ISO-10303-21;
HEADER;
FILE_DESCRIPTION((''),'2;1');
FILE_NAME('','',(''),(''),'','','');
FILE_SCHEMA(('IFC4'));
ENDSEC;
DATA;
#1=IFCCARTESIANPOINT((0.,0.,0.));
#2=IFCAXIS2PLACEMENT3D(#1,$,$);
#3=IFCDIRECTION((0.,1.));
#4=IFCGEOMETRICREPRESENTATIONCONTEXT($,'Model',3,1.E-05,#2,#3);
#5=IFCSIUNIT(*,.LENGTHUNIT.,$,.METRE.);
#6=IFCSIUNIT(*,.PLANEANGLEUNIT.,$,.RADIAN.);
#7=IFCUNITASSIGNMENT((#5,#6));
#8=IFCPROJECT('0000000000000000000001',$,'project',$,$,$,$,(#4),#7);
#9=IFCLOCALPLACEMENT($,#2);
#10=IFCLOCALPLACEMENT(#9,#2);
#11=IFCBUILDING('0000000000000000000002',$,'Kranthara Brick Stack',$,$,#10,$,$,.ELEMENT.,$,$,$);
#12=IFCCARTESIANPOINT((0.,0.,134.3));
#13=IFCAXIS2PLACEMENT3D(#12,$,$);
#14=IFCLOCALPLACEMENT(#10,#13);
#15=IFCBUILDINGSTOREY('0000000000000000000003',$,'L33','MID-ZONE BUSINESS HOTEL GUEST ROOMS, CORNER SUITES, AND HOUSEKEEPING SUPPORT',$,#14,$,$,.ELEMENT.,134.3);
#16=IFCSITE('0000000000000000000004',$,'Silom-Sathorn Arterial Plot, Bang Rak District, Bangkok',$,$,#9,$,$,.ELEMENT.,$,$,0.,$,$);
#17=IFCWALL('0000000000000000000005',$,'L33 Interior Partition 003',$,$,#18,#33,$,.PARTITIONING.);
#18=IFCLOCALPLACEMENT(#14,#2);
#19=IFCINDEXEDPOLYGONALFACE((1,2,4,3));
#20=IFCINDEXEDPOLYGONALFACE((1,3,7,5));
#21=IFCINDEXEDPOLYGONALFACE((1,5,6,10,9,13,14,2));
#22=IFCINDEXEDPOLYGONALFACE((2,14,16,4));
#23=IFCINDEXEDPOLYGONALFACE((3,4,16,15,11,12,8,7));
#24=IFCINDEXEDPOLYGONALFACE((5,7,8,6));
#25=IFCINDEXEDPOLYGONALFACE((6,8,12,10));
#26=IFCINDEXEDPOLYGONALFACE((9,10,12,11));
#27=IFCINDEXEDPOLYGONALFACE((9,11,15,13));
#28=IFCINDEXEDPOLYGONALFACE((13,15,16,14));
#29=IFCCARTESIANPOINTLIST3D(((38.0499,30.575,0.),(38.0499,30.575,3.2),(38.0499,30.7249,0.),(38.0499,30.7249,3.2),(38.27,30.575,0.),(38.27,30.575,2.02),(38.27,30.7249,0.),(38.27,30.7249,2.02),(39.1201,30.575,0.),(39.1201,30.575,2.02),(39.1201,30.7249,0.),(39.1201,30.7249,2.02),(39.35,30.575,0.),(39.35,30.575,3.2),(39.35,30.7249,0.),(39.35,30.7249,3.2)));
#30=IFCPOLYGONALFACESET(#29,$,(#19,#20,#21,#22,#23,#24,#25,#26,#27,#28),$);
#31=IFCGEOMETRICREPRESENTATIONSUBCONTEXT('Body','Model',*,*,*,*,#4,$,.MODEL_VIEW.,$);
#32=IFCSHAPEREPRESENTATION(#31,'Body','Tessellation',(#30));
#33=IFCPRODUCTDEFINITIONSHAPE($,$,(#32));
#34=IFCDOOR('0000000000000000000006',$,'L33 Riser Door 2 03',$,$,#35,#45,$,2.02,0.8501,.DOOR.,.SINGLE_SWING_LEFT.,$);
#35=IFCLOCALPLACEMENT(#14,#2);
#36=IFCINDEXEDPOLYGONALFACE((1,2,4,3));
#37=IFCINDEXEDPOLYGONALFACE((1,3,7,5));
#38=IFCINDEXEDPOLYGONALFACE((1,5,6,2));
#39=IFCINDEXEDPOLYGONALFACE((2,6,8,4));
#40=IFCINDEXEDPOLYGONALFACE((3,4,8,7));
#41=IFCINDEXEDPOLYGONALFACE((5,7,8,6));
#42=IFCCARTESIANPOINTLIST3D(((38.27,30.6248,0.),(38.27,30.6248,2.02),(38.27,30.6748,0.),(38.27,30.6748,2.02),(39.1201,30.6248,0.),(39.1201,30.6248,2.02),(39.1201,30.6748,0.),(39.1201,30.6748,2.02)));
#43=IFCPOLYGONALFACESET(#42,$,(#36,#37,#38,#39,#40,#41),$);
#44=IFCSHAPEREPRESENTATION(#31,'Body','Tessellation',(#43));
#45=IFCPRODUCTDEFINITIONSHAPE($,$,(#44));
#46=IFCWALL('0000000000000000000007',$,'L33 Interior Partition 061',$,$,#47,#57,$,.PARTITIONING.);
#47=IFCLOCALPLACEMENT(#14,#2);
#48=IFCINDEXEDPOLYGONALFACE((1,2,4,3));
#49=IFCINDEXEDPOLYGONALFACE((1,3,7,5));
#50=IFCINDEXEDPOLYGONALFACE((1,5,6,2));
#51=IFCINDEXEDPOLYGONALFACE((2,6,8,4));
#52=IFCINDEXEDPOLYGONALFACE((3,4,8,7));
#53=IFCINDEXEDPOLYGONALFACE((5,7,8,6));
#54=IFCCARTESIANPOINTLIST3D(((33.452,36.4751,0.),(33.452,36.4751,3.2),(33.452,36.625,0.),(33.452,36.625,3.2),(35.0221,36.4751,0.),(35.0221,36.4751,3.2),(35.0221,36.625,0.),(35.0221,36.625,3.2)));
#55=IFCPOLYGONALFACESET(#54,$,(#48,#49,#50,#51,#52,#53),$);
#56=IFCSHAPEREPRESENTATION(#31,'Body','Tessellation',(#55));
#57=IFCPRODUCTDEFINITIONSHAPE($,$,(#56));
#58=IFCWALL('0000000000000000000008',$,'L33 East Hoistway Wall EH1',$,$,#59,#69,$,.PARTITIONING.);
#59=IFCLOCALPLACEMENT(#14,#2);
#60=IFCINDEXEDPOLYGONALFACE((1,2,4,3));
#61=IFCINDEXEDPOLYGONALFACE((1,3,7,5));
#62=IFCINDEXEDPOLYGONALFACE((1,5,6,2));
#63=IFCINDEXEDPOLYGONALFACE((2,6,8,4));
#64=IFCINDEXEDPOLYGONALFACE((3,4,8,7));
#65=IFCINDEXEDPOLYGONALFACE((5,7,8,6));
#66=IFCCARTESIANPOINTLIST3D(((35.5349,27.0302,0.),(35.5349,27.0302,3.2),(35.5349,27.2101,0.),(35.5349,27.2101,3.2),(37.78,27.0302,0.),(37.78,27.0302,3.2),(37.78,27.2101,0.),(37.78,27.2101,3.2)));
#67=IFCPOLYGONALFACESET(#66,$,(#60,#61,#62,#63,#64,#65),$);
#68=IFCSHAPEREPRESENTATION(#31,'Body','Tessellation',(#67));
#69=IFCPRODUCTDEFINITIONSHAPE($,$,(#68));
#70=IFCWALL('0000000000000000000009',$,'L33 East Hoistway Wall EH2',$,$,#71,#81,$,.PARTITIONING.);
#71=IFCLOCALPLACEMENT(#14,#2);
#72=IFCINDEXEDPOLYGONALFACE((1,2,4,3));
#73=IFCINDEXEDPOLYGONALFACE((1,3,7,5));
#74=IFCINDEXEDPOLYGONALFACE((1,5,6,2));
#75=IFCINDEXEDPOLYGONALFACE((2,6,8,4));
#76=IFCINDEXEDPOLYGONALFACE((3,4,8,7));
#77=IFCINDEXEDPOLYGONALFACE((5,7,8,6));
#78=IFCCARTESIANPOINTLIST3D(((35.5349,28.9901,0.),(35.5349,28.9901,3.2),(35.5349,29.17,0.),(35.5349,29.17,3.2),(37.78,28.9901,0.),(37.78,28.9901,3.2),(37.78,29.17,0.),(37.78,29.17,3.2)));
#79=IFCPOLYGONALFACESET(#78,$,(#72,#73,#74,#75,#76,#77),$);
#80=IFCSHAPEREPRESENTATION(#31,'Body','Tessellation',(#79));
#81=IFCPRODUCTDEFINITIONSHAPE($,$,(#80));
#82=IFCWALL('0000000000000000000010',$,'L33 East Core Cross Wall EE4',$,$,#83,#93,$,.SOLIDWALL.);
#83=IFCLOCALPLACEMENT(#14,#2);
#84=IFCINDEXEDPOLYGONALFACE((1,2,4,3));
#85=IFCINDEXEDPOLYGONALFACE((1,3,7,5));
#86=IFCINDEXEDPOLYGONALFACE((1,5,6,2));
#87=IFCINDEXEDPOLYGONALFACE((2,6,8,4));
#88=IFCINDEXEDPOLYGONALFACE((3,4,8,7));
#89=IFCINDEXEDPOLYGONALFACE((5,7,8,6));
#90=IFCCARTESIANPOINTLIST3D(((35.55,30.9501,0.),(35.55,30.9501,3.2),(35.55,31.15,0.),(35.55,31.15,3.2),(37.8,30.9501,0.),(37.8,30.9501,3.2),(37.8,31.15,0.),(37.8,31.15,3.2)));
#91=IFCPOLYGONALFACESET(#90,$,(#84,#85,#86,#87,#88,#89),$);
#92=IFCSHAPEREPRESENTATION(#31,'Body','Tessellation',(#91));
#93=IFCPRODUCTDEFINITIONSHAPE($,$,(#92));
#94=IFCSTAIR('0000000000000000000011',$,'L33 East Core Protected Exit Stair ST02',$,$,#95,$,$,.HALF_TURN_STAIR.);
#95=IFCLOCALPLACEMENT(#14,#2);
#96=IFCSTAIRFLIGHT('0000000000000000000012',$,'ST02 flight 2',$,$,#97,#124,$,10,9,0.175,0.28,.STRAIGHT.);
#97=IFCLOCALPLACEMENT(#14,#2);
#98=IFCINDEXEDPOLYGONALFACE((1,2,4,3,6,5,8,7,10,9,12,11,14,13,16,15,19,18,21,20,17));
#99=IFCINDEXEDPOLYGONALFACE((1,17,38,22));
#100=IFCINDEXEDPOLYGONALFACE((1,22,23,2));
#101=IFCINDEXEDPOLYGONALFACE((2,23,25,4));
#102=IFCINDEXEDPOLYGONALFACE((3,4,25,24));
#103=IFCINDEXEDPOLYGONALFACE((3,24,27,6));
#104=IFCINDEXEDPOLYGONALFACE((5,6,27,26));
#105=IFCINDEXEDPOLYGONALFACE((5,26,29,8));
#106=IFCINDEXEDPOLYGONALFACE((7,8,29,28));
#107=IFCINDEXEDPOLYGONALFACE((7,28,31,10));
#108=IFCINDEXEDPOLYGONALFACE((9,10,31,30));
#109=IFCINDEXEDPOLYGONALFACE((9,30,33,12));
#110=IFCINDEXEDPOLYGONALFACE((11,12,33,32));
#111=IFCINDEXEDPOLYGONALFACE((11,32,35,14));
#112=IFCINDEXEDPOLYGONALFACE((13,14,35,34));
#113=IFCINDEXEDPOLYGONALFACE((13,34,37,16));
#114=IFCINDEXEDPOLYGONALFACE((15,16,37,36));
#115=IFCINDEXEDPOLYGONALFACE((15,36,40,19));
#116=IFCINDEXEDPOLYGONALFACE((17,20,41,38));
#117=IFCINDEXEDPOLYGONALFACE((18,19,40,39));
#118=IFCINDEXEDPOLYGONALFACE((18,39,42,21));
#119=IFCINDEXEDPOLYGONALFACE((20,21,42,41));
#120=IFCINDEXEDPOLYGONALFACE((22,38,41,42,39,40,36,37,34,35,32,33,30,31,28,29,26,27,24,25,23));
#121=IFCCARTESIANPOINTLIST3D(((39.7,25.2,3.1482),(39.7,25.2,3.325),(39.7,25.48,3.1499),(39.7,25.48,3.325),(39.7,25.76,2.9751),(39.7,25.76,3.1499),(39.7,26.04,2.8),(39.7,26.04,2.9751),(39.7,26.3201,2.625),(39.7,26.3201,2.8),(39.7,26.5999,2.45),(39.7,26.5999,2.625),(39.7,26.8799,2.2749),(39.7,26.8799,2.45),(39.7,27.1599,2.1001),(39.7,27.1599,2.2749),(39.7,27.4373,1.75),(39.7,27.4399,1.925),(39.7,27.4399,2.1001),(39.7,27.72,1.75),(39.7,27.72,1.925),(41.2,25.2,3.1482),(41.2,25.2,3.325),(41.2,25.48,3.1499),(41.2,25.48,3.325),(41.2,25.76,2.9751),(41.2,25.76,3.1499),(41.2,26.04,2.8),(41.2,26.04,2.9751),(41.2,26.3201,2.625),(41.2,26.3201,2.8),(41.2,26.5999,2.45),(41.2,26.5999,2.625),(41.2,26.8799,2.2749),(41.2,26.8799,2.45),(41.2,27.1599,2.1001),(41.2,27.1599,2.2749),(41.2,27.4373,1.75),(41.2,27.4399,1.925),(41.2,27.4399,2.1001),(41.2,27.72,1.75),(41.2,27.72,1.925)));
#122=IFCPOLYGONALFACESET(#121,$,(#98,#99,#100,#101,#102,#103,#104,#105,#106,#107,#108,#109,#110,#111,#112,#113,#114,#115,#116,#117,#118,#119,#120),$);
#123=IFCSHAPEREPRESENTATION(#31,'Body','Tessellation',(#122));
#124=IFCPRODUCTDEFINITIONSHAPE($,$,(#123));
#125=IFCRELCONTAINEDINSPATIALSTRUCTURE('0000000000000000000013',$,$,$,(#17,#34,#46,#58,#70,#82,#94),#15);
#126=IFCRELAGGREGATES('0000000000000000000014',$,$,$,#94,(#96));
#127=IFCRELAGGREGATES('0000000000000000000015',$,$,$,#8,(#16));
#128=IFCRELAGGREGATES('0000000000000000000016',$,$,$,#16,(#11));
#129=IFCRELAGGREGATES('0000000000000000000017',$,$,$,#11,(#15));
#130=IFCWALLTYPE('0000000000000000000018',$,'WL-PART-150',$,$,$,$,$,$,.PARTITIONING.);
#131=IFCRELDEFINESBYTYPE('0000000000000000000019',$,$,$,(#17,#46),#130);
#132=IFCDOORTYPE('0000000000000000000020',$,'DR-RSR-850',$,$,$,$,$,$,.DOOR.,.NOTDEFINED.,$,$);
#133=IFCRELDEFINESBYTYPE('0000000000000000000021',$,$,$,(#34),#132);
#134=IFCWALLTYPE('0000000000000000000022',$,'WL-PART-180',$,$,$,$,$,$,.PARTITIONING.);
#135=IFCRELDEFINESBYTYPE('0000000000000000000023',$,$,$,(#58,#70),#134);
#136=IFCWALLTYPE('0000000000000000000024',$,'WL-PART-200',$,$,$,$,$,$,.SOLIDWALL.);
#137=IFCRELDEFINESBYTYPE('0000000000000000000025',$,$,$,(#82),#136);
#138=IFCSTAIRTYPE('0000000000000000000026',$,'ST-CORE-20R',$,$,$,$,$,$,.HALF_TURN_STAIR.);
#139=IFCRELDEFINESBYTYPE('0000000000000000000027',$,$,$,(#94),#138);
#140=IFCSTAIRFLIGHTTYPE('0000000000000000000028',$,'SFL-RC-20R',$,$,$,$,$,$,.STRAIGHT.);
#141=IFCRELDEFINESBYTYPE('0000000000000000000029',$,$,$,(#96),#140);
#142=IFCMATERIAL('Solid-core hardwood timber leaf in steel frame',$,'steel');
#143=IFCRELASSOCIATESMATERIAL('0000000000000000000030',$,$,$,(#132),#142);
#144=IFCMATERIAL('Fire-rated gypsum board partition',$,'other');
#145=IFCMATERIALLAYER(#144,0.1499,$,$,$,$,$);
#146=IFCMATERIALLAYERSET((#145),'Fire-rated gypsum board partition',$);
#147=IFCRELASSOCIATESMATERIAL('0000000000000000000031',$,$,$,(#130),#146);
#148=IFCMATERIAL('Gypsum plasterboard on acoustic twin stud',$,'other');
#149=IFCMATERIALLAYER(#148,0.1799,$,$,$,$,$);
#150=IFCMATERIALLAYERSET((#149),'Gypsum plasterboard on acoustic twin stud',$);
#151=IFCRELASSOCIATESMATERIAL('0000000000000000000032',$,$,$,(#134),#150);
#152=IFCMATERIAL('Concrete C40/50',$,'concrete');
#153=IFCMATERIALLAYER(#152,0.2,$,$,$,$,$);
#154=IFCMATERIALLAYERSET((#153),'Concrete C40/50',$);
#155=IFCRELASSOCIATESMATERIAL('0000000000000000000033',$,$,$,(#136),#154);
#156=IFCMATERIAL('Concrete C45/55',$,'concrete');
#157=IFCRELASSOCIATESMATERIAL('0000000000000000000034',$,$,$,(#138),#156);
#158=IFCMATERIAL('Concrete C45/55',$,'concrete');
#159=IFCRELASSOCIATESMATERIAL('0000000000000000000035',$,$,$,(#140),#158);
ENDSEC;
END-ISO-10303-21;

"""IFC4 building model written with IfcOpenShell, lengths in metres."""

from ifc_helpers import new_model, si_unit, direction, frame, frame_2d, origin, place, context, subcontext, project, spatial, polyline, rectangle, outline, extrude, material, layer, layer_set, type_object, element, fill, aggregate, save


model = new_model("IFC4")

# Units and contexts
model_context = context("Model", 3, precision=1e-05, world=origin(), true_north=direction((0.0, 1.0)))
body_context = subcontext(model_context, "Body", "Model", "MODEL_VIEW")
ifc_project = project(units=[si_unit("LENGTHUNIT", "METRE"), si_unit("PLANEANGLEUNIT", "RADIAN")], contexts=[model_context])

# Site, building, storey
site_placement = place(None, origin())
site = spatial("IfcSite", under=ifc_project, at=site_placement, Name="Silom-Sathorn Arterial Plot, Bang Rak District, Bangkok", CompositionType="ELEMENT", RefElevation=0.0)
building_placement = place(site_placement, origin())
building = spatial("IfcBuilding", under=site, at=building_placement, Name="Kranthara Brick Stack", CompositionType="ELEMENT")
storey_placement = place(building_placement, frame((0.0, 0.0, 134.3)))
storey = spatial("IfcBuildingStorey", under=building, at=storey_placement, Name="L33", Description="MID-ZONE BUSINESS HOTEL GUEST ROOMS, CORNER SUITES, AND HOUSEKEEPING SUPPORT", CompositionType="ELEMENT", Elevation=134.3)

# Shared definitions
ifc_material_1 = material(Name="Solid-core hardwood timber leaf in steel frame", Category="steel")
door_type_1 = type_object("IfcDoorType", Name="DR-RSR-850", OperationType="NOTDEFINED", PredefinedType="DOOR", material=ifc_material_1)

# Wall, opening, door
ifc_material_2 = material(Name="Fire-rated gypsum board partition", Category="other")
ifc_layer_1 = layer(ifc_material_2, 0.1499)
ifc_layer_set_1 = layer_set([ifc_layer_1], Name="Fire-rated gypsum board partition")
wall_type_1 = type_object("IfcWallType", Name="WL-PART-150", PredefinedType="PARTITIONING", material=ifc_layer_set_1)
wall_1_placement = place(storey_placement, frame((38.05, 30.6499, 0.0), z_axis=(0.0, 0.0, 1.0), x_axis=(1.0, 0.0, 0.0)))
wall_1 = element("IfcWall", 1, at=wall_1_placement, inside=storey, type_object=wall_type_1, Name="L33 Interior Partition 003", PredefinedType="PARTITIONING", context=body_context, shape_type="SweptSolid", body=[
    extrude(rectangle(XDim=1.3, YDim=0.1499, at=frame_2d((0.6499, 0.0))), origin(), (0.0, 0.0, 1.0), 3.2),
])
opening_1_placement = place(wall_1_placement, frame((0.22, 0.0, 0.0)))
opening_1 = element("IfcOpeningElement", 2, at=opening_1_placement, cuts=wall_1, PredefinedType="OPENING", context=body_context, shape_type="SweptSolid", body=[
    extrude(rectangle(XDim=0.8501, YDim=2.02, at=frame_2d((0.425, 1.01))), frame((0.0, 0.085, 0.0), z_axis=(0.0, -1.0, 0.0), x_axis=(1.0, 0.0, 0.0)), (0.0, 0.0, 1.0), 0.1699),
])
door_1_placement = place(opening_1_placement, origin())
door_1 = element("IfcDoor", 3, at=door_1_placement, inside=storey, type_object=door_type_1, Name="L33 Riser Door 2 03", OperationType="SINGLE_SWING_LEFT", OverallHeight=2.02, OverallWidth=0.8501, PredefinedType="DOOR", context=body_context, shape_type="SweptSolid", body=[
    extrude(rectangle(XDim=0.8501, YDim=2.02, at=frame_2d((0.425, 1.01))), frame((0.0, 0.0249, 0.0), z_axis=(0.0, -1.0, 0.0), x_axis=(1.0, 0.0, 0.0)), (0.0, 0.0, 1.0), 0.05),
])
fill(opening_1, door_1)

# Walls
wall_2_placement = place(storey_placement, frame((33.4519, 36.55, 0.0), z_axis=(0.0, 0.0, 1.0), x_axis=(1.0, 0.0, 0.0)))
element("IfcWall", 4, at=wall_2_placement, inside=storey, type_object=wall_type_1, Name="L33 Interior Partition 061", PredefinedType="PARTITIONING", context=body_context, shape_type="SweptSolid", body=[
    extrude(rectangle(XDim=1.5701, YDim=0.1499, at=frame_2d((0.7852, 0.0))), origin(), (0.0, 0.0, 1.0), 3.2),
])
ifc_material_3 = material(Name="Gypsum plasterboard on acoustic twin stud", Category="other")
ifc_layer_2 = layer(ifc_material_3, 0.1799)
ifc_layer_set_2 = layer_set([ifc_layer_2], Name="Gypsum plasterboard on acoustic twin stud")
wall_type_2 = type_object("IfcWallType", Name="WL-PART-180", PredefinedType="PARTITIONING", material=ifc_layer_set_2)
for number, where, z_axis, x_axis, name in (
    (5, (35.5349, 27.1201, 0.0), (0.0, 0.0, 1.0), (1.0, 0.0, 0.0), "L33 East Hoistway Wall EH1"),
    (6, (35.5349, 29.0801, 0.0), (0.0, 0.0, 1.0), (1.0, 0.0, 0.0), "L33 East Hoistway Wall EH2"),
):
    element("IfcWall", number, at=place(storey_placement, frame(where, z_axis=z_axis, x_axis=x_axis)), inside=storey, type_object=wall_type_2, Name=name, PredefinedType="PARTITIONING", context=body_context, shape_type="SweptSolid", body=[
        extrude(rectangle(XDim=2.2451, YDim=0.1799, at=frame_2d((1.1226, 0.0))), origin(), (0.0, 0.0, 1.0), 3.2),
    ])
ifc_material_4 = material(Name="Concrete C40/50", Category="concrete")
ifc_layer_3 = layer(ifc_material_4, 0.2)
ifc_layer_set_3 = layer_set([ifc_layer_3], Name="Concrete C40/50")
wall_type_3 = type_object("IfcWallType", Name="WL-PART-200", PredefinedType="SOLIDWALL", material=ifc_layer_set_3)
wall_3_placement = place(storey_placement, frame((35.55, 31.05, 0.0), z_axis=(0.0, 0.0, 1.0), x_axis=(1.0, 0.0, 0.0)))
element("IfcWall", 7, at=wall_3_placement, inside=storey, type_object=wall_type_3, Name="L33 East Core Cross Wall EE4", PredefinedType="SOLIDWALL", context=body_context, shape_type="SweptSolid", body=[
    extrude(rectangle(XDim=2.25, YDim=0.2, at=frame_2d((1.125, 0.0))), origin(), (0.0, 0.0, 1.0), 3.2),
])

# Stair, stair flight
ifc_material_5 = material(Name="Concrete C45/55", Category="concrete")
stair_type = type_object("IfcStairType", Name="ST-CORE-20R", PredefinedType="HALF_TURN_STAIR", material=ifc_material_5)
stair_placement = place(storey_placement, origin())
stair = element("IfcStair", 8, at=stair_placement, inside=storey, type_object=stair_type, Name="L33 East Core Protected Exit Stair ST02", PredefinedType="HALF_TURN_STAIR")
ifc_material_6 = material(Name="Concrete C45/55", Category="concrete")
stair_flight_type = type_object("IfcStairFlightType", Name="SFL-RC-20R", PredefinedType="STRAIGHT", material=ifc_material_6)
stair_flight_placement = place(storey_placement, frame((40.45, 27.72, 1.75), z_axis=(0.0, 0.0, 1.0), x_axis=(0.0, -1.0, 0.0)))
stair_flight = element("IfcStairFlight", 9, at=stair_flight_placement, type_object=stair_flight_type, Name="ST02 flight 2", NumberOfRisers=10, NumberOfTreads=9, PredefinedType="STRAIGHT", RiserHeight=0.175, TreadLength=0.28, context=body_context, shape_type="SweptSolid", body=[
    extrude(outline(polyline([(0.0, 0.0), (0.0, 0.175), (0.28, 0.175), (0.28, 0.3501), (0.5601, 0.3501), (0.5601, 0.5249), (0.8401, 0.5249), (0.8401, 0.7), (1.1201, 0.7), (1.1201, 0.875), (1.3999, 0.875), (1.3999, 1.05), (1.6799, 1.05), (1.6799, 1.2251), (1.96, 1.2251), (1.96, 1.3999), (2.24, 1.3999), (2.24, 1.575), (2.52, 1.575), (2.52, 1.75), (2.52, 1.3982), (0.2827, 0.0), (0.0, 0.0)])), frame((0.0, 0.75, 0.0), z_axis=(0.0, -1.0, 0.0), x_axis=(1.0, 0.0, 0.0)), (0.0, 0.0, 1.0), 1.5),
])
aggregate(stair, [stair_flight])

save(model, "model.ifc")
